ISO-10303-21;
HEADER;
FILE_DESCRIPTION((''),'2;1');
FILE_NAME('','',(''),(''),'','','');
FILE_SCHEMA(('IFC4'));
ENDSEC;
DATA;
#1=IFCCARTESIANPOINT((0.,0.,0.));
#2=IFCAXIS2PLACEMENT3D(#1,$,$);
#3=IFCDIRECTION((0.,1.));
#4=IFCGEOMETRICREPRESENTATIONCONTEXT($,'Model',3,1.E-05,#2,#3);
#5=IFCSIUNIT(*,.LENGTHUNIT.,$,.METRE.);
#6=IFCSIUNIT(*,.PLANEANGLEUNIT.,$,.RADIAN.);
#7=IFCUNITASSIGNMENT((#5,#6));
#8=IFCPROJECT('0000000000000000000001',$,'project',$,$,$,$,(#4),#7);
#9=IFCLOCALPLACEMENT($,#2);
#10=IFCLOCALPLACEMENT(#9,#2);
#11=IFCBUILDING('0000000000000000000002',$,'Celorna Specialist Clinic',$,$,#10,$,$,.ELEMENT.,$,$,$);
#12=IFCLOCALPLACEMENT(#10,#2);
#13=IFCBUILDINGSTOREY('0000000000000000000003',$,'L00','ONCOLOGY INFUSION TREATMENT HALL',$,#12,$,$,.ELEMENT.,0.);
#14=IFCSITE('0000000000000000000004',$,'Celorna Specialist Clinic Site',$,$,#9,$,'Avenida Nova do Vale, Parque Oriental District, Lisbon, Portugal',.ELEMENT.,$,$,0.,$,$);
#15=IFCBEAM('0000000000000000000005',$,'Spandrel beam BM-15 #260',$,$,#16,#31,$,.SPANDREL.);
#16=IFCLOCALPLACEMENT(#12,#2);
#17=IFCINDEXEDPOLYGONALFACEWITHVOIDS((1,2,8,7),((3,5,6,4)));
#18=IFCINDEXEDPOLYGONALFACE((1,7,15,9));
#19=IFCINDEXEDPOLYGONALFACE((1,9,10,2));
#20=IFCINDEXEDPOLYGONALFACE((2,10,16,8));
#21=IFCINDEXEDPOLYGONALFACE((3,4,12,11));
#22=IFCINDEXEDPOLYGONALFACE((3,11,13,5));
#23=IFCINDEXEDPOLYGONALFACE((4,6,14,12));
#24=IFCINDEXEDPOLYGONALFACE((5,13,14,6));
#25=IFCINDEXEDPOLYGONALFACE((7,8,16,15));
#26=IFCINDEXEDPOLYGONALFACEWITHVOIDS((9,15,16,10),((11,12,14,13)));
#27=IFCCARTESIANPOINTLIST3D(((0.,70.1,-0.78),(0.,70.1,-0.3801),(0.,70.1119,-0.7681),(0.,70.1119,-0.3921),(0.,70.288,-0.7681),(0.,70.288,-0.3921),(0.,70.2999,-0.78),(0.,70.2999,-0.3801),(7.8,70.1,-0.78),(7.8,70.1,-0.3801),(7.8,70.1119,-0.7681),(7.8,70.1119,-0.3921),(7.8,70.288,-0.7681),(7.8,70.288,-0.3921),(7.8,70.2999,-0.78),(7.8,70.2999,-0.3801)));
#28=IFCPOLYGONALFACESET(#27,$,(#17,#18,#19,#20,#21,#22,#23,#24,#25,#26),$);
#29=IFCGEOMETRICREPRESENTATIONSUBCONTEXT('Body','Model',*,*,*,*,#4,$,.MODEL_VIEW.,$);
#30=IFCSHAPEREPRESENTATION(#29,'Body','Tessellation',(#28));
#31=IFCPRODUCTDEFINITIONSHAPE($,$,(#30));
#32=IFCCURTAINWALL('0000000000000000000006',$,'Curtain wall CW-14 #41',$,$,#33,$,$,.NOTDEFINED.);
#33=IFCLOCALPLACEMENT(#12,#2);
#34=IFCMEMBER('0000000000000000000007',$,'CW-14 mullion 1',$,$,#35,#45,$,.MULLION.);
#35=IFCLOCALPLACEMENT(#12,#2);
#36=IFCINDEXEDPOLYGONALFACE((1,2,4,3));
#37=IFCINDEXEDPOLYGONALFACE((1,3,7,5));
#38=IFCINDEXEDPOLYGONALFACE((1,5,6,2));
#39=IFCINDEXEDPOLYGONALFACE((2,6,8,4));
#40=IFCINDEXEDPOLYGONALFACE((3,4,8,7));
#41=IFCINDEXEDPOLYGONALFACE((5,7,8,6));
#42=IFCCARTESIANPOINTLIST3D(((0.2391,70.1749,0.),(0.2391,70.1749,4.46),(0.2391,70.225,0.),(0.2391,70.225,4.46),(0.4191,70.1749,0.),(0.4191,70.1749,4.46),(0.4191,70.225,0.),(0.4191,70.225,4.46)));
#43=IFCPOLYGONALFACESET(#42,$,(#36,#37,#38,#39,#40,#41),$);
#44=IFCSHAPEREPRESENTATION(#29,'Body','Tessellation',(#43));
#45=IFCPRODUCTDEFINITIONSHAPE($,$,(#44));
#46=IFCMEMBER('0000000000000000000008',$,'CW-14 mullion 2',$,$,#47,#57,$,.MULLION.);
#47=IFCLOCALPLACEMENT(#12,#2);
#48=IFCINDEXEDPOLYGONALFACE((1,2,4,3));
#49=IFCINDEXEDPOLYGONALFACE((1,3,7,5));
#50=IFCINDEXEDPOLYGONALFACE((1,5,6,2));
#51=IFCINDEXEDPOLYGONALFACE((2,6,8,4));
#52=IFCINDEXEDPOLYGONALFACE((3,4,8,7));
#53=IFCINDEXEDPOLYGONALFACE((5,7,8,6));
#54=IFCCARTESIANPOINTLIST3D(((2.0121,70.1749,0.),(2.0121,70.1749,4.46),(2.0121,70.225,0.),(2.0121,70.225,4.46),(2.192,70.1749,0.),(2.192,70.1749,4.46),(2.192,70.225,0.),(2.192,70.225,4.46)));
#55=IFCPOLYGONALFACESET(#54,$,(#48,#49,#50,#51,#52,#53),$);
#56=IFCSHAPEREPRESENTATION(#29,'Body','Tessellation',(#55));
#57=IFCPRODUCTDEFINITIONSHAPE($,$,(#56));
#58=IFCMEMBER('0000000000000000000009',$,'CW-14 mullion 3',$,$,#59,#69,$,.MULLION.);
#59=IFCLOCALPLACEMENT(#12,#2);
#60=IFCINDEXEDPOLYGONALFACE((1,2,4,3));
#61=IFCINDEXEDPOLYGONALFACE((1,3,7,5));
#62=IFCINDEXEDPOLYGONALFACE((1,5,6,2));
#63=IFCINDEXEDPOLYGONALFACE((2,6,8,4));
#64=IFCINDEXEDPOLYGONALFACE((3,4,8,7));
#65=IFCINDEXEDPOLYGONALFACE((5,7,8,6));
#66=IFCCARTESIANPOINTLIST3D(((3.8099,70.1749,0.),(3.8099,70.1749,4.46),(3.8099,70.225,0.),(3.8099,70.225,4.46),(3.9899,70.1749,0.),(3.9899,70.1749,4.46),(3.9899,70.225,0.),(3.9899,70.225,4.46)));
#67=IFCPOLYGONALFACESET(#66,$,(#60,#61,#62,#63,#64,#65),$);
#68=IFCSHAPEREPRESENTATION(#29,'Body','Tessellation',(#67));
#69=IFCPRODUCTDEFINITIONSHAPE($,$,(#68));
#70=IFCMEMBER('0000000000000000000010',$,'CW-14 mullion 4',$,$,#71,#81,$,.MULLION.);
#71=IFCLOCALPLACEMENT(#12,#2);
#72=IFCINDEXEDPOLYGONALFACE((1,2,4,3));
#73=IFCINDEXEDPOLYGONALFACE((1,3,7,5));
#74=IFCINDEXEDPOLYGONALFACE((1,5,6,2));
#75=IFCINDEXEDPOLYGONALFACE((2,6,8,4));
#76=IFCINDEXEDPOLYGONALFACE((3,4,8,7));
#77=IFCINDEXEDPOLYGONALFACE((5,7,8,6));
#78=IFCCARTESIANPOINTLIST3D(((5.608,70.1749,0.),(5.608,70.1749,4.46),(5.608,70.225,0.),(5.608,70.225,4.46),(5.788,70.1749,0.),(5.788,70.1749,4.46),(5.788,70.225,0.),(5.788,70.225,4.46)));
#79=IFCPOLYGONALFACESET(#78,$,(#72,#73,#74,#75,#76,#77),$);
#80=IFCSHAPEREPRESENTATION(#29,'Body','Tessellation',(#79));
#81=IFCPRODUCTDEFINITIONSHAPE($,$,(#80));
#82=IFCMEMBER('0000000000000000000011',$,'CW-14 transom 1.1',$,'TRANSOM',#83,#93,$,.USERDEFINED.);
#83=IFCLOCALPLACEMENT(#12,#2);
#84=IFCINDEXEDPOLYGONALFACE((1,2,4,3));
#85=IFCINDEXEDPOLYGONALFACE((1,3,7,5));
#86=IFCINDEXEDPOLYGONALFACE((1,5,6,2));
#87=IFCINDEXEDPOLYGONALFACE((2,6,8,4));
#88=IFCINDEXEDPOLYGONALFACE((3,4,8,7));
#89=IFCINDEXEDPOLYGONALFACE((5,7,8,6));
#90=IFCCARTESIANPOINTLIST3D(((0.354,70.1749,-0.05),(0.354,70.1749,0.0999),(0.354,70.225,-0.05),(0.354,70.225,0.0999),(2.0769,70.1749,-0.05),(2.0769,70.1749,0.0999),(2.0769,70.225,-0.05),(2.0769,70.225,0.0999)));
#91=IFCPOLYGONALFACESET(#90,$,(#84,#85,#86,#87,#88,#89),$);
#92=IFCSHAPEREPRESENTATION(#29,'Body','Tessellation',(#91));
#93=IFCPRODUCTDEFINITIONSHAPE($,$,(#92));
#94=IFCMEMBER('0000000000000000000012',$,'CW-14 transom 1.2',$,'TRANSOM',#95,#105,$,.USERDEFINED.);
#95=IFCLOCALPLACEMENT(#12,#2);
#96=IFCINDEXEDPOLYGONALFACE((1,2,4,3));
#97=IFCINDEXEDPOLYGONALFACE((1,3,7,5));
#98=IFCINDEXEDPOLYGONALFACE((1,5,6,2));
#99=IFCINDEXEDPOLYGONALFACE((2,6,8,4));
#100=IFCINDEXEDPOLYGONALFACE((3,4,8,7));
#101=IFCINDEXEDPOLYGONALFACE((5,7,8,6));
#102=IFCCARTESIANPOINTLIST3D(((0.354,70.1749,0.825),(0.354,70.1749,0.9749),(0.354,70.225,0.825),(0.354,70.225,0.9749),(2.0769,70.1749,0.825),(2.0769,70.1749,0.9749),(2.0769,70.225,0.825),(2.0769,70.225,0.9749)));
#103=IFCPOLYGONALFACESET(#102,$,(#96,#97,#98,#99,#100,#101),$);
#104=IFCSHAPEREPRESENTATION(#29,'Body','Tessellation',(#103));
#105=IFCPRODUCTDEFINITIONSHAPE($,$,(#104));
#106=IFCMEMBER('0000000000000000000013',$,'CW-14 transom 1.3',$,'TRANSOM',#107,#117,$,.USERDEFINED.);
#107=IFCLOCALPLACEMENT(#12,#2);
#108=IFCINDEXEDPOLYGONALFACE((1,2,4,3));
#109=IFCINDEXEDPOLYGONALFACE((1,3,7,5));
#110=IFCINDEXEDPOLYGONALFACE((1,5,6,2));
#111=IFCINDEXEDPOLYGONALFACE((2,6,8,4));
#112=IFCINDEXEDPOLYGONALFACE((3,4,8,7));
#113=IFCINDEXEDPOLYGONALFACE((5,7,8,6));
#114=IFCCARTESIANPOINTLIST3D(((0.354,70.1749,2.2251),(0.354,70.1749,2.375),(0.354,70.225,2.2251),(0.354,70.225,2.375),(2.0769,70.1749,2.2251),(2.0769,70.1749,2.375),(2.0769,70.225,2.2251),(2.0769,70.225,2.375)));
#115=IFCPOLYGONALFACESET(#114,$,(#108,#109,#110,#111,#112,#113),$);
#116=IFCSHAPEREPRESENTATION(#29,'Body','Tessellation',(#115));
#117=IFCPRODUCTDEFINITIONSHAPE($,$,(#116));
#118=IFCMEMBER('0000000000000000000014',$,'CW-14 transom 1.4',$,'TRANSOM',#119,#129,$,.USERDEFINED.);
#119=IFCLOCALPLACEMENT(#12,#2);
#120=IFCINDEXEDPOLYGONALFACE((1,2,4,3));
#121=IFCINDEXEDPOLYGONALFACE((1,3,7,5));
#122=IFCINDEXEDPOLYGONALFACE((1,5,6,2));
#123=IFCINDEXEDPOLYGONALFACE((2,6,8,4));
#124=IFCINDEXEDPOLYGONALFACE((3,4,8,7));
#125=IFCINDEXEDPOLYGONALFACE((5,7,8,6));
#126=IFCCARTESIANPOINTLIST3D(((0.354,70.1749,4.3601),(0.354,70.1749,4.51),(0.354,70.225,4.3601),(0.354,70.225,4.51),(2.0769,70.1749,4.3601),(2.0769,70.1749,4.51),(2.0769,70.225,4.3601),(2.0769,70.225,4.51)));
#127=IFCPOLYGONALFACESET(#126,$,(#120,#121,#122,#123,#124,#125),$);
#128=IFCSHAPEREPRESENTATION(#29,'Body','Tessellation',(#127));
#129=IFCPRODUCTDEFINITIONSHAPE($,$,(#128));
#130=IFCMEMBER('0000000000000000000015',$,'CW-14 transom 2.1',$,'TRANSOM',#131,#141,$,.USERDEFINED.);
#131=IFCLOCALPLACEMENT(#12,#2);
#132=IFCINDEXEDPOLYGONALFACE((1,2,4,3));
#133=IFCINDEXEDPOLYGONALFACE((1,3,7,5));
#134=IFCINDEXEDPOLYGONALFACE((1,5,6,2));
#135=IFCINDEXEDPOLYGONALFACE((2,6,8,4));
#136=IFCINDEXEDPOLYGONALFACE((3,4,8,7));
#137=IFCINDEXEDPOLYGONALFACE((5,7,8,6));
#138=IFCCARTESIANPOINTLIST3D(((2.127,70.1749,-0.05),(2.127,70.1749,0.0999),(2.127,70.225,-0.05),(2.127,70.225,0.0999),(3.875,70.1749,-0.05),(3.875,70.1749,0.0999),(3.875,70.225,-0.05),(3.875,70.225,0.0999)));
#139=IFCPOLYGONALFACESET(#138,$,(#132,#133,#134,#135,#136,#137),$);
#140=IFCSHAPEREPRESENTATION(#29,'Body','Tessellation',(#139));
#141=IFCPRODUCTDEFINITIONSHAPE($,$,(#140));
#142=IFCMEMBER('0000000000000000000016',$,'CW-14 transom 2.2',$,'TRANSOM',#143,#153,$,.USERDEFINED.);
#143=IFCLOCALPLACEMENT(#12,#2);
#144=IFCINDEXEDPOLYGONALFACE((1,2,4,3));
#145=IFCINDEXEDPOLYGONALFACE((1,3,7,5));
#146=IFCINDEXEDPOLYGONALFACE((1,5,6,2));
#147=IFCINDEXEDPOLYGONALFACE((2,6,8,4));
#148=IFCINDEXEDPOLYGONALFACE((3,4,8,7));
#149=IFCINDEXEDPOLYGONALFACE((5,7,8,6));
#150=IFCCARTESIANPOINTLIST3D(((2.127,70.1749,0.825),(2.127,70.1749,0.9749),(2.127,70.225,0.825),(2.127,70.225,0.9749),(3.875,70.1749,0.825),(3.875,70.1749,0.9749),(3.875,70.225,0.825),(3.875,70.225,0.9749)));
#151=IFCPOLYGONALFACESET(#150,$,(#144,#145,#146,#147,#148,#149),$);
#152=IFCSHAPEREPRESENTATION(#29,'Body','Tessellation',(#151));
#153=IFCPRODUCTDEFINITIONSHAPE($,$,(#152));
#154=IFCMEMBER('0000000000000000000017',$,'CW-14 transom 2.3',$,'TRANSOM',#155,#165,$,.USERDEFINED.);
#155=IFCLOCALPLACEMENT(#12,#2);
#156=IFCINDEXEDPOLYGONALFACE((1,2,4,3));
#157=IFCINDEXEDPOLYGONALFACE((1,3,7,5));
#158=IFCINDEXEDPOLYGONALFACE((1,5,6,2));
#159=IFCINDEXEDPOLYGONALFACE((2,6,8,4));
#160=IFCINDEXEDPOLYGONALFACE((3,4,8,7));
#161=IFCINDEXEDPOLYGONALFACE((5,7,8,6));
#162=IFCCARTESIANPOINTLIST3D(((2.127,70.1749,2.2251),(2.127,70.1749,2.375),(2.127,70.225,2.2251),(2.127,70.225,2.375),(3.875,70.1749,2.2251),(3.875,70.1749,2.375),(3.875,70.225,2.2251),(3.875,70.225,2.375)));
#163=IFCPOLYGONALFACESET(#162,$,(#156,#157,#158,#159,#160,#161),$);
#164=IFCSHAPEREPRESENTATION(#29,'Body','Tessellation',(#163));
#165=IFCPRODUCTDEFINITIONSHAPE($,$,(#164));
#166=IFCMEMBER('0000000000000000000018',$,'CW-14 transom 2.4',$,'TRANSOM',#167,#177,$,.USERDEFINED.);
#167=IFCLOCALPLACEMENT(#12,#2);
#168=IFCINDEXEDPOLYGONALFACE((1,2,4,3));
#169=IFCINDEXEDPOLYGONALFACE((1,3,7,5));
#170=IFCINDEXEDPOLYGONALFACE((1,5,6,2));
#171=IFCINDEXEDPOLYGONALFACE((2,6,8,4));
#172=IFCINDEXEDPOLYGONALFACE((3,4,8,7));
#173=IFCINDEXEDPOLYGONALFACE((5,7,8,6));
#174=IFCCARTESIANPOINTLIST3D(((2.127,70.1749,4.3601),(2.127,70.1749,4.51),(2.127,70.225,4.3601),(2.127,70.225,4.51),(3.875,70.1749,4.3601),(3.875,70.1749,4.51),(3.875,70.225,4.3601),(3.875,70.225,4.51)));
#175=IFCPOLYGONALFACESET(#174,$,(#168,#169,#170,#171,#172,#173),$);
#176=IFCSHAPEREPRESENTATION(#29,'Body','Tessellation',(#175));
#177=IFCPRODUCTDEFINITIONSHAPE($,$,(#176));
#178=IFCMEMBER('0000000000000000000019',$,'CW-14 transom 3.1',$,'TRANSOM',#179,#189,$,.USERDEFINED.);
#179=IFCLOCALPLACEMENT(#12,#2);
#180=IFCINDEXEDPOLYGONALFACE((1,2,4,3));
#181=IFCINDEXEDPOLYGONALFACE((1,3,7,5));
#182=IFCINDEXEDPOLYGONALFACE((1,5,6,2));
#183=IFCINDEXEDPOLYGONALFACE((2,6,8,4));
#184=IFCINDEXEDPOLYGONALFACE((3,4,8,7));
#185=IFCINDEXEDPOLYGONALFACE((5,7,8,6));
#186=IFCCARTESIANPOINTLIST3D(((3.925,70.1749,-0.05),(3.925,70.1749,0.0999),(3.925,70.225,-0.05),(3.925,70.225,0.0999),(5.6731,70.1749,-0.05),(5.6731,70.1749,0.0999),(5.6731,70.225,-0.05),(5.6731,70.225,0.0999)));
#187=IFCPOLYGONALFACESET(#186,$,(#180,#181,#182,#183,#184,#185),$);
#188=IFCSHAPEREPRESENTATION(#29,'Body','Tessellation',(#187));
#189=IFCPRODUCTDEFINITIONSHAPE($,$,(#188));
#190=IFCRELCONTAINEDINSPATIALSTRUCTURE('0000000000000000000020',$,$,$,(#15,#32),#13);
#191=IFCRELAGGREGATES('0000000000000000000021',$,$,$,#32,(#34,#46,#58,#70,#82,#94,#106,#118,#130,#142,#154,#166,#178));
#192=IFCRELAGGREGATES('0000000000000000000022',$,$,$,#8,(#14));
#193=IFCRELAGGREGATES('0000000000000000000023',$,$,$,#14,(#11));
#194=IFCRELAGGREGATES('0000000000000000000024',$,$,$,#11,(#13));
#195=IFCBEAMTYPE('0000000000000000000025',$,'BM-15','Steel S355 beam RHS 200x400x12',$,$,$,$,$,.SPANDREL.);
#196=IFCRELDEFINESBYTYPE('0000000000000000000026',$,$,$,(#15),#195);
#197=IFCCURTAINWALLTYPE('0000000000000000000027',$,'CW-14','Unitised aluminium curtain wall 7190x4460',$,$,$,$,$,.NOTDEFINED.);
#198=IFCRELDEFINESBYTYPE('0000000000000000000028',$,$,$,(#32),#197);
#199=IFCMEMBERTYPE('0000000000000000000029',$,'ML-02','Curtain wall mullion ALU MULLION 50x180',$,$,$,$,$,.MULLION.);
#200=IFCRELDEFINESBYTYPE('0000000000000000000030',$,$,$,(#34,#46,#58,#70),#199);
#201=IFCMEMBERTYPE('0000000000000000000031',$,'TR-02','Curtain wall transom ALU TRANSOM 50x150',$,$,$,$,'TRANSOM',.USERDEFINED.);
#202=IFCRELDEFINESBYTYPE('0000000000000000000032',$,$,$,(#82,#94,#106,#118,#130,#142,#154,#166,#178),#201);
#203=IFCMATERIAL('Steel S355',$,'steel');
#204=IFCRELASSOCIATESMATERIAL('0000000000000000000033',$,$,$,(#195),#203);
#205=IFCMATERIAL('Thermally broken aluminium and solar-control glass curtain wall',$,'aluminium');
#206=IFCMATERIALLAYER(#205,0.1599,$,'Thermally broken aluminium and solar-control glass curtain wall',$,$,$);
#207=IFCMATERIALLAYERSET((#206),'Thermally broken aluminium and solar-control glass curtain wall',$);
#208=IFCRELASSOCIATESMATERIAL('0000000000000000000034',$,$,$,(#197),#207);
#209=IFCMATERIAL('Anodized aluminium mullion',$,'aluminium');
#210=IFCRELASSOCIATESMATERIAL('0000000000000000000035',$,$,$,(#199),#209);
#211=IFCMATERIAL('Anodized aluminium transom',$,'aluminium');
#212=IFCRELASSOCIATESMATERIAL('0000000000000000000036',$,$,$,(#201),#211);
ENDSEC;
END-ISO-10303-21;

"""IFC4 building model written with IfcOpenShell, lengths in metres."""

from ifc_helpers import new_model, si_unit, direction, frame, origin, origin_2d, place, context, subcontext, project, spatial, rectangle, hollow_rectangle, extrude, material, layer, layer_set, material_profile, profile_set, type_object, element, aggregate, save


model = new_model("IFC4")

# Units and contexts
model_context = context("Model", 3, precision=1e-05, world=origin(), true_north=direction((0.0, 1.0)))
body_context = subcontext(model_context, "Body", "Model", "MODEL_VIEW")
ifc_project = project(units=[si_unit("LENGTHUNIT", "METRE"), si_unit("PLANEANGLEUNIT", "RADIAN")], contexts=[model_context])

# Site, building, storey
site_placement = place(None, origin())
site = spatial("IfcSite", under=ifc_project, at=site_placement, Name="Celorna Specialist Clinic Site", LongName="Avenida Nova do Vale, Parque Oriental District, Lisbon, Portugal", CompositionType="ELEMENT", RefElevation=0.0)
building_placement = place(site_placement, origin())
building = spatial("IfcBuilding", under=site, at=building_placement, Name="Celorna Specialist Clinic", CompositionType="ELEMENT")
storey_placement = place(building_placement, origin())
storey = spatial("IfcBuildingStorey", under=building, at=storey_placement, Name="L00", Description="ONCOLOGY INFUSION TREATMENT HALL", CompositionType="ELEMENT", Elevation=0.0)

# Beam
ifc_material_1 = material(Name="Steel S355", Category="steel")
ifc_material_profile_1 = material_profile(ifc_material_1, hollow_rectangle(XDim=0.2, YDim=0.3999, WallThickness=0.012, at=origin_2d()), Name="RHS 200x400x12")
ifc_profile_set_1 = profile_set([ifc_material_profile_1], Name="Steel S355")
beam_type = type_object("IfcBeamType", Name="BM-15", Description="Steel S355 beam RHS 200x400x12", PredefinedType="SPANDREL", material=ifc_profile_set_1)
beam_placement = place(storey_placement, frame((0.0, 70.2, -0.5801), z_axis=(1.0, 0.0, 0.0), x_axis=(0.0, 1.0, 0.0)))
element("IfcBeam", 1, at=beam_placement, inside=storey, type_object=beam_type, Name="Spandrel beam BM-15 #260", PredefinedType="SPANDREL", context=body_context, shape_type="SweptSolid", body=[
    extrude(hollow_rectangle(XDim=0.2, YDim=0.3999, WallThickness=0.012, at=origin_2d()), origin(), (0.0, 0.0, 1.0), 7.8),
])

# Curtain wall, members
ifc_material_2 = material(Name="Thermally broken aluminium and solar-control glass curtain wall", Category="aluminium")
ifc_layer_1 = layer(ifc_material_2, 0.1599, Name="Thermally broken aluminium and solar-control glass curtain wall")
ifc_layer_set_1 = layer_set([ifc_layer_1], Name="Thermally broken aluminium and solar-control glass curtain wall")
curtain_wall_type = type_object("IfcCurtainWallType", Name="CW-14", Description="Unitised aluminium curtain wall 7190x4460", PredefinedType="NOTDEFINED", material=ifc_layer_set_1)
curtain_wall_placement = place(storey_placement, origin())
curtain_wall = element("IfcCurtainWall", 2, at=curtain_wall_placement, inside=storey, type_object=curtain_wall_type, Name="Curtain wall CW-14 #41", PredefinedType="NOTDEFINED")
ifc_material_3 = material(Name="Anodized aluminium mullion", Category="aluminium")
ifc_material_profile_2 = material_profile(ifc_material_3, rectangle(XDim=0.05, YDim=0.1799, at=origin_2d()), Name="ALU MULLION 50x180")
ifc_profile_set_2 = profile_set([ifc_material_profile_2], Name="Anodized aluminium mullion")
member_type_1 = type_object("IfcMemberType", Name="ML-02", Description="Curtain wall mullion ALU MULLION 50x180", PredefinedType="MULLION", material=ifc_profile_set_2)
member_1_placement = place(storey_placement, frame((0.3291, 70.2, 0.0), z_axis=(0.0, 0.0, 1.0), x_axis=(0.0, 1.0, 0.0)))
member_1 = element("IfcMember", 3, at=member_1_placement, type_object=member_type_1, Name="CW-14 mullion 1", PredefinedType="MULLION", context=body_context, shape_type="SweptSolid", body=[
    extrude(rectangle(XDim=0.05, YDim=0.1799, at=origin_2d()), origin(), (0.0, 0.0, 1.0), 4.46),
])
member_2_placement = place(storey_placement, frame((2.1021, 70.2, 0.0), z_axis=(0.0, 0.0, 1.0), x_axis=(0.0, 1.0, 0.0)))
member_2 = element("IfcMember", 4, at=member_2_placement, type_object=member_type_1, Name="CW-14 mullion 2", PredefinedType="MULLION", context=body_context, shape_type="SweptSolid", body=[
    extrude(rectangle(XDim=0.05, YDim=0.1799, at=origin_2d()), origin(), (0.0, 0.0, 1.0), 4.46),
])
member_3_placement = place(storey_placement, frame((3.8999, 70.2, 0.0), z_axis=(0.0, 0.0, 1.0), x_axis=(0.0, 1.0, 0.0)))
member_3 = element("IfcMember", 5, at=member_3_placement, type_object=member_type_1, Name="CW-14 mullion 3", PredefinedType="MULLION", context=body_context, shape_type="SweptSolid", body=[
    extrude(rectangle(XDim=0.05, YDim=0.1799, at=origin_2d()), origin(), (0.0, 0.0, 1.0), 4.46),
])
member_4_placement = place(storey_placement, frame((5.698, 70.2, 0.0), z_axis=(0.0, 0.0, 1.0), x_axis=(0.0, 1.0, 0.0)))
member_4 = element("IfcMember", 6, at=member_4_placement, type_object=member_type_1, Name="CW-14 mullion 4", PredefinedType="MULLION", context=body_context, shape_type="SweptSolid", body=[
    extrude(rectangle(XDim=0.05, YDim=0.1799, at=origin_2d()), origin(), (0.0, 0.0, 1.0), 4.46),
])
ifc_material_4 = material(Name="Anodized aluminium transom", Category="aluminium")
ifc_material_profile_3 = material_profile(ifc_material_4, rectangle(XDim=0.05, YDim=0.1499, at=origin_2d()), Name="ALU TRANSOM 50x150")
ifc_profile_set_3 = profile_set([ifc_material_profile_3], Name="Anodized aluminium transom")
member_type_2 = type_object("IfcMemberType", Name="TR-02", Description="Curtain wall transom ALU TRANSOM 50x150", ElementType="TRANSOM", PredefinedType="USERDEFINED", material=ifc_profile_set_3)
member_5_placement = place(storey_placement, frame((0.354, 70.2, 0.0249), z_axis=(1.0, 0.0, 0.0), x_axis=(0.0, 1.0, 0.0)))
member_5 = element("IfcMember", 7, at=member_5_placement, type_object=member_type_2, Name="CW-14 transom 1.1", ObjectType="TRANSOM", PredefinedType="USERDEFINED", context=body_context, shape_type="SweptSolid", body=[
    extrude(rectangle(XDim=0.05, YDim=0.1499, at=origin_2d()), origin(), (0.0, 0.0, 1.0), 1.7229),
])
member_6_placement = place(storey_placement, frame((0.354, 70.2, 0.8999), z_axis=(1.0, 0.0, 0.0), x_axis=(0.0, 1.0, 0.0)))
member_6 = element("IfcMember", 8, at=member_6_placement, type_object=member_type_2, Name="CW-14 transom 1.2", ObjectType="TRANSOM", PredefinedType="USERDEFINED", context=body_context, shape_type="SweptSolid", body=[
    extrude(rectangle(XDim=0.05, YDim=0.1499, at=origin_2d()), origin(), (0.0, 0.0, 1.0), 1.7229),
])
member_7_placement = place(storey_placement, frame((0.354, 70.2, 2.3), z_axis=(1.0, 0.0, 0.0), x_axis=(0.0, 1.0, 0.0)))
member_7 = element("IfcMember", 9, at=member_7_placement, type_object=member_type_2, Name="CW-14 transom 1.3", ObjectType="TRANSOM", PredefinedType="USERDEFINED", context=body_context, shape_type="SweptSolid", body=[
    extrude(rectangle(XDim=0.05, YDim=0.1499, at=origin_2d()), origin(), (0.0, 0.0, 1.0), 1.7229),
])
member_8_placement = place(storey_placement, frame((0.354, 70.2, 4.4351), z_axis=(1.0, 0.0, 0.0), x_axis=(0.0, 1.0, 0.0)))
member_8 = element("IfcMember", 10, at=member_8_placement, type_object=member_type_2, Name="CW-14 transom 1.4", ObjectType="TRANSOM", PredefinedType="USERDEFINED", context=body_context, shape_type="SweptSolid", body=[
    extrude(rectangle(XDim=0.05, YDim=0.1499, at=origin_2d()), origin(), (0.0, 0.0, 1.0), 1.7229),
])
member_9_placement = place(storey_placement, frame((2.127, 70.2, 0.0249), z_axis=(1.0, 0.0, 0.0), x_axis=(0.0, 1.0, 0.0)))
member_9 = element("IfcMember", 11, at=member_9_placement, type_object=member_type_2, Name="CW-14 transom 2.1", ObjectType="TRANSOM", PredefinedType="USERDEFINED", context=body_context, shape_type="SweptSolid", body=[
    extrude(rectangle(XDim=0.05, YDim=0.1499, at=origin_2d()), origin(), (0.0, 0.0, 1.0), 1.748),
])
member_10_placement = place(storey_placement, frame((2.127, 70.2, 0.8999), z_axis=(1.0, 0.0, 0.0), x_axis=(0.0, 1.0, 0.0)))
member_10 = element("IfcMember", 12, at=member_10_placement, type_object=member_type_2, Name="CW-14 transom 2.2", ObjectType="TRANSOM", PredefinedType="USERDEFINED", context=body_context, shape_type="SweptSolid", body=[
    extrude(rectangle(XDim=0.05, YDim=0.1499, at=origin_2d()), origin(), (0.0, 0.0, 1.0), 1.748),
])
member_11_placement = place(storey_placement, frame((2.127, 70.2, 2.3), z_axis=(1.0, 0.0, 0.0), x_axis=(0.0, 1.0, 0.0)))
member_11 = element("IfcMember", 13, at=member_11_placement, type_object=member_type_2, Name="CW-14 transom 2.3", ObjectType="TRANSOM", PredefinedType="USERDEFINED", context=body_context, shape_type="SweptSolid", body=[
    extrude(rectangle(XDim=0.05, YDim=0.1499, at=origin_2d()), origin(), (0.0, 0.0, 1.0), 1.748),
])
member_12_placement = place(storey_placement, frame((2.127, 70.2, 4.4351), z_axis=(1.0, 0.0, 0.0), x_axis=(0.0, 1.0, 0.0)))
member_12 = element("IfcMember", 14, at=member_12_placement, type_object=member_type_2, Name="CW-14 transom 2.4", ObjectType="TRANSOM", PredefinedType="USERDEFINED", context=body_context, shape_type="SweptSolid", body=[
    extrude(rectangle(XDim=0.05, YDim=0.1499, at=origin_2d()), origin(), (0.0, 0.0, 1.0), 1.748),
])
member_13_placement = place(storey_placement, frame((3.925, 70.2, 0.0249), z_axis=(1.0, 0.0, 0.0), x_axis=(0.0, 1.0, 0.0)))
member_13 = element("IfcMember", 15, at=member_13_placement, type_object=member_type_2, Name="CW-14 transom 3.1", ObjectType="TRANSOM", PredefinedType="USERDEFINED", context=body_context, shape_type="SweptSolid", body=[
    extrude(rectangle(XDim=0.05, YDim=0.1499, at=origin_2d()), origin(), (0.0, 0.0, 1.0), 1.748),
])
aggregate(curtain_wall, [member_1, member_2, member_3, member_4, member_5, member_6, member_7, member_8, member_9, member_10, member_11, member_12, member_13])

save(model, "model.ifc")
